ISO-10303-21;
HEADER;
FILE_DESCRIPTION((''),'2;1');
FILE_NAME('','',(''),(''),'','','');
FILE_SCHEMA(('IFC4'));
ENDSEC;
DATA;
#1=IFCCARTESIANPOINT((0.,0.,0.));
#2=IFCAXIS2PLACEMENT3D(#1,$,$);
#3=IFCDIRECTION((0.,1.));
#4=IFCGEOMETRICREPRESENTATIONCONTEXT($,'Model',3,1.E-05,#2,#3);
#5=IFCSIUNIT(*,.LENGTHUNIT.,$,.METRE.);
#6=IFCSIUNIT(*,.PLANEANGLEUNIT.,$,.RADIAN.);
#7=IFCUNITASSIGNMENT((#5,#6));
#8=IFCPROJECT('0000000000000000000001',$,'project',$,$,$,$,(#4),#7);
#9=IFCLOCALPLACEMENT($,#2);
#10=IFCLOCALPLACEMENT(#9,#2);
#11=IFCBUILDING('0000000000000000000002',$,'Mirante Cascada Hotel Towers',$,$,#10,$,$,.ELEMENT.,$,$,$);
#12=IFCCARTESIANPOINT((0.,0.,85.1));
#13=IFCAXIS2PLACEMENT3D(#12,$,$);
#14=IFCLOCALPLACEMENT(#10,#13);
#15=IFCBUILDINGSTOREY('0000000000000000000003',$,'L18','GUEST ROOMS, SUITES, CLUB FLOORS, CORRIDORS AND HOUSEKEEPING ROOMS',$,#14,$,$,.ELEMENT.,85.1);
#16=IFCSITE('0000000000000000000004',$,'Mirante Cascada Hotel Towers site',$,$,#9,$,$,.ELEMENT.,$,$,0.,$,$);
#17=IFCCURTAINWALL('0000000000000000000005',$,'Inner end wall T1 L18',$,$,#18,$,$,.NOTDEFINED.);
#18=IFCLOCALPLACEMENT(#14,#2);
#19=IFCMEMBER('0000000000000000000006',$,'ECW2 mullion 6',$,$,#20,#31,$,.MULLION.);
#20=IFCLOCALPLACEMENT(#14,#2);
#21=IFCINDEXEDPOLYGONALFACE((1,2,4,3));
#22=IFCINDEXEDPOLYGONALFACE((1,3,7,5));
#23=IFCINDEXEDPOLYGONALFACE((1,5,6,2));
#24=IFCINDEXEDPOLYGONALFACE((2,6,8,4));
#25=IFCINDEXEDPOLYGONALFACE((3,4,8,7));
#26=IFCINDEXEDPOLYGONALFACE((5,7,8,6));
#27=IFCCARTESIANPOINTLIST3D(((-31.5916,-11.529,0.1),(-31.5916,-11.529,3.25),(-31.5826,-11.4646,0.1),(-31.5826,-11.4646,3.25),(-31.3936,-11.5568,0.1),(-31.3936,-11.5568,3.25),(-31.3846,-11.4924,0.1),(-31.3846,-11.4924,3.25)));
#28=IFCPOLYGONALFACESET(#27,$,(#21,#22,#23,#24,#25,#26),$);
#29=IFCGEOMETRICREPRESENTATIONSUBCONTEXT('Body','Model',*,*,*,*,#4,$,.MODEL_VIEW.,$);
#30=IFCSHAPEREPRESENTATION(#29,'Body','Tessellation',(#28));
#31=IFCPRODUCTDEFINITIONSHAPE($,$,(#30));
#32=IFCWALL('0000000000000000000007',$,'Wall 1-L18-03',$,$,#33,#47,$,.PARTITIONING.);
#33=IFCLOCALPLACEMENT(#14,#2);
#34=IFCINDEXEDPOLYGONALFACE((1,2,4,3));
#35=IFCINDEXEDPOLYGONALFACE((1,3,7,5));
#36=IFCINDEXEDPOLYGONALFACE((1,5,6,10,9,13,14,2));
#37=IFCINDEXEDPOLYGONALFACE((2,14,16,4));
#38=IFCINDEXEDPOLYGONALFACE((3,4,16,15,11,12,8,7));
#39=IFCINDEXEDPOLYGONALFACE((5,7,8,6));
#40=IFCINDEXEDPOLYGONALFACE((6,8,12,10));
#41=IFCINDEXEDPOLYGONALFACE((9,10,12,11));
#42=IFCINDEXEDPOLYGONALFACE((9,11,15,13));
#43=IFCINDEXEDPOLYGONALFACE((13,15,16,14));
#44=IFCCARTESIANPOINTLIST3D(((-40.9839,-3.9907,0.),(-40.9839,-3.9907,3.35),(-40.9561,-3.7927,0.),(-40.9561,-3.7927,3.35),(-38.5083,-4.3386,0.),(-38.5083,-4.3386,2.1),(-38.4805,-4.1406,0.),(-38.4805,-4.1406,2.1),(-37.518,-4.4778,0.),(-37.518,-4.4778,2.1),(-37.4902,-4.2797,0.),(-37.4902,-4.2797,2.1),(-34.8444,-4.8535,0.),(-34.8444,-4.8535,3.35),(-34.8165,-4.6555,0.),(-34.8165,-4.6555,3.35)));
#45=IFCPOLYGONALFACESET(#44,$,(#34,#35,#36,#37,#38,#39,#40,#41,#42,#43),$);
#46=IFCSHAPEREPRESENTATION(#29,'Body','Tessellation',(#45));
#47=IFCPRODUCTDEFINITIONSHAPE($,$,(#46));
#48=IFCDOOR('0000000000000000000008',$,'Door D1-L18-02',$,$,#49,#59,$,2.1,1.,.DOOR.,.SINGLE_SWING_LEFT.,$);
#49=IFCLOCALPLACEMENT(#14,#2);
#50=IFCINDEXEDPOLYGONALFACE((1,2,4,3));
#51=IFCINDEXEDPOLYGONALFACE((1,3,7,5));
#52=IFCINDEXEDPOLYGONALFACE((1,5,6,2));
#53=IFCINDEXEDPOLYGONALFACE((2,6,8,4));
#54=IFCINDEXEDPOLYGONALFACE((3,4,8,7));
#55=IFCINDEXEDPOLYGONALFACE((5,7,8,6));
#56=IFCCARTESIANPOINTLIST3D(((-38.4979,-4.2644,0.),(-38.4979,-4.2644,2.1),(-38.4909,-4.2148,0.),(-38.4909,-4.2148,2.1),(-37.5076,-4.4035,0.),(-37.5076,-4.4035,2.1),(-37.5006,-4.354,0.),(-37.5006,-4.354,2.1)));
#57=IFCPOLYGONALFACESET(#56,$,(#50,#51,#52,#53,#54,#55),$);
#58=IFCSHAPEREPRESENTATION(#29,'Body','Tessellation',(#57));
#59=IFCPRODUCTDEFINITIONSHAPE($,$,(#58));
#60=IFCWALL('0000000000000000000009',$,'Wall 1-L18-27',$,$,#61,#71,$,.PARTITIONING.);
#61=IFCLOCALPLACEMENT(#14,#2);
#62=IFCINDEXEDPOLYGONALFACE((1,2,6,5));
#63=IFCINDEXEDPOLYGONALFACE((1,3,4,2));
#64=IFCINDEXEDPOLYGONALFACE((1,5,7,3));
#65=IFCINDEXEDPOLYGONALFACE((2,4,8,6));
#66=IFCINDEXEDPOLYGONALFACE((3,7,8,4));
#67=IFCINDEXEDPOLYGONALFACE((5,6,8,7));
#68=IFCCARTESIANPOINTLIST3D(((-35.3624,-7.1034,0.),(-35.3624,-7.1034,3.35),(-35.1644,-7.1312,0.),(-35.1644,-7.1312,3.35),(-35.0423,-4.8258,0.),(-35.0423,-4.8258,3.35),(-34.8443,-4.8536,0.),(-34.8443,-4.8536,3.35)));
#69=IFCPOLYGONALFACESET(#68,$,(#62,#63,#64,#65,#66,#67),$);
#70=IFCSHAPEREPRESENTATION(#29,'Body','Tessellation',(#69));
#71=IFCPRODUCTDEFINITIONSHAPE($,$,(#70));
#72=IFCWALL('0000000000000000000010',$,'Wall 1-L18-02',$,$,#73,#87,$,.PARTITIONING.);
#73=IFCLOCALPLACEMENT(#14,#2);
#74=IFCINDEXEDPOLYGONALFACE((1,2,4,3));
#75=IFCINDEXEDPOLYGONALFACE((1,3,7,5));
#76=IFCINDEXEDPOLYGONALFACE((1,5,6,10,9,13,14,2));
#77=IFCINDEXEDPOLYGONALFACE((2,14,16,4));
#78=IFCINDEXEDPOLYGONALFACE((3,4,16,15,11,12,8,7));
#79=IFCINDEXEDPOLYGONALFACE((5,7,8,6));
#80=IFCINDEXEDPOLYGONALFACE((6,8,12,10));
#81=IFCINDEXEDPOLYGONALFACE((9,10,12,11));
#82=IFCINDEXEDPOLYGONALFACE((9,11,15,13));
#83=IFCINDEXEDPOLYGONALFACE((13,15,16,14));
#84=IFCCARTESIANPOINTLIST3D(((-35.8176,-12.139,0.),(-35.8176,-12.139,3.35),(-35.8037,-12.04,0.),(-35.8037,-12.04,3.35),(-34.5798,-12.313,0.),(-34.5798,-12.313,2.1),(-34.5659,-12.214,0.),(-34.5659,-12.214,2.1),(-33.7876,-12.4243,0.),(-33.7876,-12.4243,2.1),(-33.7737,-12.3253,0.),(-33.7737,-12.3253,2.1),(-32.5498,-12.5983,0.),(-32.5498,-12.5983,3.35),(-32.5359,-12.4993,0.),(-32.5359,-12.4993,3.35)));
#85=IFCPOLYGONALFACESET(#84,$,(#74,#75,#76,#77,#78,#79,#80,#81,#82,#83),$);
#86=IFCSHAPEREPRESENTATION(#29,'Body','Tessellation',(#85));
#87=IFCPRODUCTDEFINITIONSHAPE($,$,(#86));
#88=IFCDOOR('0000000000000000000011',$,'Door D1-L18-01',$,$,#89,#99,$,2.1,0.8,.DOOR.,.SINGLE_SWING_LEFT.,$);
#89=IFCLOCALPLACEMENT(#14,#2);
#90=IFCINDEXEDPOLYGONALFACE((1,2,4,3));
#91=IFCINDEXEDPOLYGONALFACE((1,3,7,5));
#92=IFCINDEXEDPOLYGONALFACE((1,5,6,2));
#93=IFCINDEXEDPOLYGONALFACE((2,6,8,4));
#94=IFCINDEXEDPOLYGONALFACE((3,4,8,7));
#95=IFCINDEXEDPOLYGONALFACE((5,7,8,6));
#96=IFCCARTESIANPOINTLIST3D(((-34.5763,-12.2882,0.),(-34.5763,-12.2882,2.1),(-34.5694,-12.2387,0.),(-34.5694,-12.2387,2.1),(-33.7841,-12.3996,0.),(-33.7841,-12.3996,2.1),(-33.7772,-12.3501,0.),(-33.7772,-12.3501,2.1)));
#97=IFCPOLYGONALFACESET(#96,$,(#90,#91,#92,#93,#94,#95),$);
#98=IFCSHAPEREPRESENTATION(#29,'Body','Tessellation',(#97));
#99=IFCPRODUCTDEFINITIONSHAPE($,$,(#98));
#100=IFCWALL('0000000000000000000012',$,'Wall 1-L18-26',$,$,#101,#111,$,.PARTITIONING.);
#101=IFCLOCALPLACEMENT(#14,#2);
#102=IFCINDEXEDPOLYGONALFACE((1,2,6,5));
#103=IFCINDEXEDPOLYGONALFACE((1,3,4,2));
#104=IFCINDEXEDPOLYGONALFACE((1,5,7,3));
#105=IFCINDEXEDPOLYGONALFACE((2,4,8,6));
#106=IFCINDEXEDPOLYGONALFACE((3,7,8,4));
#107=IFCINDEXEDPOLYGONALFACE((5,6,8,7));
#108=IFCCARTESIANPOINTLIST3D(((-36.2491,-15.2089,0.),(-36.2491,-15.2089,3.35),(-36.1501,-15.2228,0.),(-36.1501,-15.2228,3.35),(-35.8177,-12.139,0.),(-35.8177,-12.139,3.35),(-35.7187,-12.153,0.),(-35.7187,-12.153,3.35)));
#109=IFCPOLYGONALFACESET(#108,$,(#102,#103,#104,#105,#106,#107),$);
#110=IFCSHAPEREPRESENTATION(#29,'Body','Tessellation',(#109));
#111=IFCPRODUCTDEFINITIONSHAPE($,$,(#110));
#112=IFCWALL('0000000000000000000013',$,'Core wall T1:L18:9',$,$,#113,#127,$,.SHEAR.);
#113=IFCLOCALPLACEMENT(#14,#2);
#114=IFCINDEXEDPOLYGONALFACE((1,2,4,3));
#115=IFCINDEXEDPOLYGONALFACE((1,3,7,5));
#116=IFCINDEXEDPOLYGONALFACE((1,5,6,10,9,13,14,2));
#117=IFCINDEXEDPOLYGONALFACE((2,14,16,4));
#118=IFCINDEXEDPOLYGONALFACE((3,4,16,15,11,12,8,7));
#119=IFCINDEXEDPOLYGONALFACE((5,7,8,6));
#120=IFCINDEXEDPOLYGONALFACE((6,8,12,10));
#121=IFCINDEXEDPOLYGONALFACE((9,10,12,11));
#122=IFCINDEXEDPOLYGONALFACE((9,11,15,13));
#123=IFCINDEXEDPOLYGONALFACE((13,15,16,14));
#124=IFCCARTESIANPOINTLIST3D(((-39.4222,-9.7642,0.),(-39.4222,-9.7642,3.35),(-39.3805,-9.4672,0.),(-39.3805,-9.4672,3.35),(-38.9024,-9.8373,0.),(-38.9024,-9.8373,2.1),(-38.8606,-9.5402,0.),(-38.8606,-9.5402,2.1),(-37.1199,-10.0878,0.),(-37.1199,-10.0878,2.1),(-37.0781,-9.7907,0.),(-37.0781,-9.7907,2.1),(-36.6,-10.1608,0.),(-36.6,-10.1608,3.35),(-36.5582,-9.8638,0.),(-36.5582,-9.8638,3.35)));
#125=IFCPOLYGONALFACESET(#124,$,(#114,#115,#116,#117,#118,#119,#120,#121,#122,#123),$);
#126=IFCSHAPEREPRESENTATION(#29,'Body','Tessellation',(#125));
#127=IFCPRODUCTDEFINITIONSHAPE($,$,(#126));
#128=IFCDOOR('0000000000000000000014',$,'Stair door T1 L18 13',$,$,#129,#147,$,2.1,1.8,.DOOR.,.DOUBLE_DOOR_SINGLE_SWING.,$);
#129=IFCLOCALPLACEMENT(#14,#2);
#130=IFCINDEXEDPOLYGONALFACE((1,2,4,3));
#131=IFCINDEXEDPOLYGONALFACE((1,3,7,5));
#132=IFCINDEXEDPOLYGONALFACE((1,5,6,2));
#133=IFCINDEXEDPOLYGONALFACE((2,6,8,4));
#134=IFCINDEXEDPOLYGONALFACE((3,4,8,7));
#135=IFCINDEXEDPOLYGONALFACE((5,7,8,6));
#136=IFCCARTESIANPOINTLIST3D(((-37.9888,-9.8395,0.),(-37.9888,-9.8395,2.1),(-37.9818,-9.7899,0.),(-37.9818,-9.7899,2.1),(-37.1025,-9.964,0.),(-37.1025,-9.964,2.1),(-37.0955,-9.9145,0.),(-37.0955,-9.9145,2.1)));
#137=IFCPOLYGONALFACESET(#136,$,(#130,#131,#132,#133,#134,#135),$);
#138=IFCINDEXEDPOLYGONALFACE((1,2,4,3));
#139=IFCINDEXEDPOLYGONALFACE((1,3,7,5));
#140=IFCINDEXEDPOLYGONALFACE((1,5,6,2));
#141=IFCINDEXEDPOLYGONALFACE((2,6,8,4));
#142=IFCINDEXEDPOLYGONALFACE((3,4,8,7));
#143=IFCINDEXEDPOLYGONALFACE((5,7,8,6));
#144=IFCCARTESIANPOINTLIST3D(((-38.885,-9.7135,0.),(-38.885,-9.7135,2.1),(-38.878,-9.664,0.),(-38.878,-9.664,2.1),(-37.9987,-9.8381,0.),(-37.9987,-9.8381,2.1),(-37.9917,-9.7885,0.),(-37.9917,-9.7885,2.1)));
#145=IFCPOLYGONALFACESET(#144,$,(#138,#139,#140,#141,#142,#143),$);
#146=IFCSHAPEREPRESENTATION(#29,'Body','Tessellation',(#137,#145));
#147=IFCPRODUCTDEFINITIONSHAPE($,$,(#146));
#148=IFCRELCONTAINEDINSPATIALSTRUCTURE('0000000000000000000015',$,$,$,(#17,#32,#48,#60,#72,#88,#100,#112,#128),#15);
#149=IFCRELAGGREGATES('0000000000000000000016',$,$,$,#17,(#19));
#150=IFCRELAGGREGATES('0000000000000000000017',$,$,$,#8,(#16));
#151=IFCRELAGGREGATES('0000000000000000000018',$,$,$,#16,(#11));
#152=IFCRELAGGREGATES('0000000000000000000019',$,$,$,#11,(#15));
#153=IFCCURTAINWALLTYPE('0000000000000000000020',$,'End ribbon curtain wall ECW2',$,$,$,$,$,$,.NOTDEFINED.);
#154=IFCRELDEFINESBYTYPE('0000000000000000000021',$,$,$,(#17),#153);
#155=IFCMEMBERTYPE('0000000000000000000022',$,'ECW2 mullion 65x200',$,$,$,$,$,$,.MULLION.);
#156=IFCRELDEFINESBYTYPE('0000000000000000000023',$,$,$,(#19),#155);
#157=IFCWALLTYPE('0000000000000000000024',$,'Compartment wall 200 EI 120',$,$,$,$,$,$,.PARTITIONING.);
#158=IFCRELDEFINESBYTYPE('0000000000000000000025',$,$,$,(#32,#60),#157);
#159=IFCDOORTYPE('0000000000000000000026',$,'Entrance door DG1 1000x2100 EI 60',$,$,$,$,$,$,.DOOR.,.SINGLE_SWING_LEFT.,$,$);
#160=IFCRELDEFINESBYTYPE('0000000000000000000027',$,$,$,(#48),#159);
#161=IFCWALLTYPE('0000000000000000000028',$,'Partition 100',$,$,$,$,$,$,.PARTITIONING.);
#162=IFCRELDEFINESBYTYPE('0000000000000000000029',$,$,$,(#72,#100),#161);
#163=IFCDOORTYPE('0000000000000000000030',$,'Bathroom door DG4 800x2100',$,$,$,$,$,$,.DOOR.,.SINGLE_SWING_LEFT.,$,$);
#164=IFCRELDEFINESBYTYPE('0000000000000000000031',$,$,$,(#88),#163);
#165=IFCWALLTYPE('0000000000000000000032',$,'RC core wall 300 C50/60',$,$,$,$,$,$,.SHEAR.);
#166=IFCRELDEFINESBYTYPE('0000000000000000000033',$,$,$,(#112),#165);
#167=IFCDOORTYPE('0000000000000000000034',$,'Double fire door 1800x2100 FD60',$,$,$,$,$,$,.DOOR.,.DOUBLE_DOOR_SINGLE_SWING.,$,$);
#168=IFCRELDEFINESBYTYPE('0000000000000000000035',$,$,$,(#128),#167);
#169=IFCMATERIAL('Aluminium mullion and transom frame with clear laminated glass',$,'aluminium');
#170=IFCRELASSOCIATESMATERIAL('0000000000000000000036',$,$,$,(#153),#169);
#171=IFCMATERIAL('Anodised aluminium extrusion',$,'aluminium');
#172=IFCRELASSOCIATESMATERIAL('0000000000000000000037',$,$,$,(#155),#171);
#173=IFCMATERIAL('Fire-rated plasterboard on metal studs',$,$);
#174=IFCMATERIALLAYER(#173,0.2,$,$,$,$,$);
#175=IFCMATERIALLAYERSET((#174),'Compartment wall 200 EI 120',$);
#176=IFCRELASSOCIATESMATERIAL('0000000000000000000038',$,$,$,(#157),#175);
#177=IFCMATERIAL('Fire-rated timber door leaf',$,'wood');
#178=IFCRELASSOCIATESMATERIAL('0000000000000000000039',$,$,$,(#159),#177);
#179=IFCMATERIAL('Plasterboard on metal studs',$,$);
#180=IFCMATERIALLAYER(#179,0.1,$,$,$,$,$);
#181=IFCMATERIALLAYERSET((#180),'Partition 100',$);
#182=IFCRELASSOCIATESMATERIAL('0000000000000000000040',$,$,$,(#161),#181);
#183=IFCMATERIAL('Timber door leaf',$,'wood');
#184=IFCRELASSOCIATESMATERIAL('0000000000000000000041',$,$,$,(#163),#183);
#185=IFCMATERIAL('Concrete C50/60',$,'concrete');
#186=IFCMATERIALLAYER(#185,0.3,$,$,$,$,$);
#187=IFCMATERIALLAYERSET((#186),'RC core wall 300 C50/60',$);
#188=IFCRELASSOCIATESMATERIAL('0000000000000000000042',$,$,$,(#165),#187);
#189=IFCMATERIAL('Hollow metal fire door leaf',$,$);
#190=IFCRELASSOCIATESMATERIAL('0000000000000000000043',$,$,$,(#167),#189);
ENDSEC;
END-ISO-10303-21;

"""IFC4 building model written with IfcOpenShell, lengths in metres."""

from ifc_helpers import new_model, si_unit, direction, frame, frame_2d, origin, origin_2d, place, context, subcontext, project, spatial, rectangle, extrude, material, layer, layer_set, material_profile, profile_set, type_object, element, fill, aggregate, save


model = new_model("IFC4")

# Units and contexts
model_context = context("Model", 3, precision=1e-05, world=origin(), true_north=direction((0.0, 1.0)))
body_context = subcontext(model_context, "Body", "Model", "MODEL_VIEW")
ifc_project = project(units=[si_unit("LENGTHUNIT", "METRE"), si_unit("PLANEANGLEUNIT", "RADIAN")], contexts=[model_context])

# Site, building, storey
site_placement = place(None, origin())
site = spatial("IfcSite", under=ifc_project, at=site_placement, Name="Mirante Cascada Hotel Towers site", CompositionType="ELEMENT", RefElevation=0.0)
building_placement = place(site_placement, origin())
building = spatial("IfcBuilding", under=site, at=building_placement, Name="Mirante Cascada Hotel Towers", CompositionType="ELEMENT")
storey_placement = place(building_placement, frame((0.0, 0.0, 85.1)))
storey = spatial("IfcBuildingStorey", under=building, at=storey_placement, Name="L18", Description="GUEST ROOMS, SUITES, CLUB FLOORS, CORRIDORS AND HOUSEKEEPING ROOMS", CompositionType="ELEMENT", Elevation=85.1)

# Curtain wall, member
ifc_material_1 = material(Name="Aluminium mullion and transom frame with clear laminated glass", Category="aluminium")
curtain_wall_type = type_object("IfcCurtainWallType", Name="End ribbon curtain wall ECW2", PredefinedType="NOTDEFINED", material=ifc_material_1)
curtain_wall_placement = place(storey_placement, origin())
curtain_wall = element("IfcCurtainWall", 1, at=curtain_wall_placement, inside=storey, type_object=curtain_wall_type, Name="Inner end wall T1 L18", PredefinedType="NOTDEFINED")
ifc_material_2 = material(Name="Anodised aluminium extrusion", Category="aluminium")
ifc_material_profile = material_profile(ifc_material_2, rectangle(XDim=0.2, YDim=0.065, at=origin_2d()), Name="ECW2 MULLION 65x200")
ifc_profile_set = profile_set([ifc_material_profile], Name="Anodised aluminium extrusion")
member_type = type_object("IfcMemberType", Name="ECW2 mullion 65x200", PredefinedType="MULLION", material=ifc_profile_set)
member_placement = place(storey_placement, frame((-31.4881, -11.5107, 0.1), z_axis=(0.0, 0.0, 1.0), x_axis=(0.990268, -0.139173, 0.0)))
member = element("IfcMember", 2, at=member_placement, type_object=member_type, Name="ECW2 mullion 6", PredefinedType="MULLION", context=body_context, shape_type="SweptSolid", body=[
    extrude(rectangle(XDim=0.2, YDim=0.065, at=origin_2d()), origin(), (0.0, 0.0, 1.0), 3.15),
])
aggregate(curtain_wall, [member])

# Wall, opening, door
ifc_material_3 = material(Name="Fire-rated plasterboard on metal studs")
ifc_layer_1 = layer(ifc_material_3, 0.2)
ifc_layer_set_1 = layer_set([ifc_layer_1], Name="Compartment wall 200 EI 120")
wall_type_1 = type_object("IfcWallType", Name="Compartment wall 200 EI 120", PredefinedType="PARTITIONING", material=ifc_layer_set_1)
wall_1_placement = place(storey_placement, frame((-34.8304, -4.7545, 0.0), z_axis=(0.0, 0.0, 1.0), x_axis=(-0.99027, 0.139163, 0.0)))
wall_1 = element("IfcWall", 3, at=wall_1_placement, inside=storey, type_object=wall_type_1, Name="Wall 1-L18-03", PredefinedType="PARTITIONING", context=body_context, shape_type="SweptSolid", body=[
    extrude(rectangle(XDim=6.1999, YDim=0.2, at=frame_2d((3.1, 0.0))), origin(), (0.0, 0.0, 1.0), 3.35),
])
opening_1_placement = place(wall_1_placement, frame((2.7, 0.0, 0.0)))
opening_1 = element("IfcOpeningElement", 4, at=opening_1_placement, cuts=wall_1, PredefinedType="OPENING", context=body_context, shape_type="SweptSolid", body=[
    extrude(rectangle(XDim=1.0, YDim=2.1, at=frame_2d((0.5, 1.05))), frame((0.0, 0.1, 0.0), z_axis=(0.0, -1.0, 0.0), x_axis=(1.0, 0.0, 0.0)), (0.0, 0.0, 1.0), 0.2),
])
ifc_material_4 = material(Name="Fire-rated timber door leaf", Category="wood")
door_type_1 = type_object("IfcDoorType", Name="Entrance door DG1 1000x2100 EI 60", OperationType="SINGLE_SWING_LEFT", PredefinedType="DOOR", material=ifc_material_4)
door_1_placement = place(opening_1_placement, origin())
door_1 = element("IfcDoor", 5, at=door_1_placement, inside=storey, type_object=door_type_1, Name="Door D1-L18-02", OperationType="SINGLE_SWING_LEFT", OverallHeight=2.1, OverallWidth=1.0, PredefinedType="DOOR", context=body_context, shape_type="SweptSolid", body=[
    extrude(rectangle(XDim=1.0, YDim=2.1, at=frame_2d((0.5, 1.05))), frame((0.0, 0.025, 0.0), z_axis=(0.0, -1.0, 0.0), x_axis=(1.0, 0.0, 0.0)), (0.0, 0.0, 1.0), 0.05),
])
fill(opening_1, door_1)

# Wall
wall_2_placement = place(storey_placement, frame((-35.2634, -7.1173, 0.0), z_axis=(0.0, 0.0, 1.0), x_axis=(0.139175, 0.990268, 0.0)))
element("IfcWall", 6, at=wall_2_placement, inside=storey, type_object=wall_type_1, Name="Wall 1-L18-27", PredefinedType="PARTITIONING", context=body_context, shape_type="SweptSolid", body=[
    extrude(rectangle(XDim=2.3, YDim=0.2, at=frame_2d((1.15, 0.0))), origin(), (0.0, 0.0, 1.0), 3.35),
])

# Wall, opening, door
ifc_material_5 = material(Name="Plasterboard on metal studs")
ifc_layer_2 = layer(ifc_material_5, 0.1)
ifc_layer_set_2 = layer_set([ifc_layer_2], Name="Partition 100")
wall_type_2 = type_object("IfcWallType", Name="Partition 100", PredefinedType="PARTITIONING", material=ifc_layer_set_2)
wall_3_placement = place(storey_placement, frame((-35.8107, -12.0895, 0.0), z_axis=(0.0, 0.0, 1.0), x_axis=(0.990266, -0.139185, 0.0)))
wall_3 = element("IfcWall", 7, at=wall_3_placement, inside=storey, type_object=wall_type_2, Name="Wall 1-L18-02", PredefinedType="PARTITIONING", context=body_context, shape_type="SweptSolid", body=[
    extrude(rectangle(XDim=3.2999, YDim=0.1, at=frame_2d((1.65, 0.0))), origin(), (0.0, 0.0, 1.0), 3.35),
])
opening_2_placement = place(wall_3_placement, frame((1.25, 0.0, 0.0)))
opening_2 = element("IfcOpeningElement", 8, at=opening_2_placement, cuts=wall_3, PredefinedType="OPENING", context=body_context, shape_type="SweptSolid", body=[
    extrude(rectangle(XDim=0.8, YDim=2.1, at=frame_2d((0.4, 1.05))), frame((0.0, 0.05, 0.0), z_axis=(0.0, -1.0, 0.0), x_axis=(1.0, 0.0, 0.0)), (0.0, 0.0, 1.0), 0.1),
])
ifc_material_6 = material(Name="Timber door leaf", Category="wood")
door_type_2 = type_object("IfcDoorType", Name="Bathroom door DG4 800x2100", OperationType="SINGLE_SWING_LEFT", PredefinedType="DOOR", material=ifc_material_6)
door_2_placement = place(opening_2_placement, origin())
door_2 = element("IfcDoor", 9, at=door_2_placement, inside=storey, type_object=door_type_2, Name="Door D1-L18-01", OperationType="SINGLE_SWING_LEFT", OverallHeight=2.1, OverallWidth=0.8, PredefinedType="DOOR", context=body_context, shape_type="SweptSolid", body=[
    extrude(rectangle(XDim=0.8, YDim=2.1, at=frame_2d((0.4, 1.05))), frame((0.0, 0.025, 0.0), z_axis=(0.0, -1.0, 0.0), x_axis=(1.0, 0.0, 0.0)), (0.0, 0.0, 1.0), 0.05),
])
fill(opening_2, door_2)

# Wall
wall_4_placement = place(storey_placement, frame((-35.7682, -12.146, 0.0), z_axis=(0.0, 0.0, 1.0), x_axis=(-0.139163, -0.99027, 0.0)))
element("IfcWall", 10, at=wall_4_placement, inside=storey, type_object=wall_type_2, Name="Wall 1-L18-26", PredefinedType="PARTITIONING", context=body_context, shape_type="SweptSolid", body=[
    extrude(rectangle(XDim=3.1, YDim=0.1, at=frame_2d((1.55, 0.0))), origin(), (0.0, 0.0, 1.0), 3.35),
])

# Wall, opening, door
ifc_material_7 = material(Name="Concrete C50/60", Category="concrete")
ifc_layer_3 = layer(ifc_material_7, 0.3)
ifc_layer_set_3 = layer_set([ifc_layer_3], Name="RC core wall 300 C50/60")
wall_type_3 = type_object("IfcWallType", Name="RC core wall 300 C50/60", PredefinedType="SHEAR", material=ifc_layer_set_3)
wall_5_placement = place(storey_placement, frame((-36.5791, -10.0123, 0.0), z_axis=(0.0, 0.0, 1.0), x_axis=(-0.99027, 0.139156, 0.0)))
wall_5 = element("IfcWall", 11, at=wall_5_placement, inside=storey, type_object=wall_type_3, Name="Core wall T1:L18:9", PredefinedType="SHEAR", context=body_context, shape_type="SweptSolid", body=[
    extrude(rectangle(XDim=2.85, YDim=0.3, at=frame_2d((1.425, 0.0))), origin(), (0.0, 0.0, 1.0), 3.35),
])
opening_3_placement = place(wall_5_placement, frame((0.525, 0.0, 0.0)))
opening_3 = element("IfcOpeningElement", 12, at=opening_3_placement, cuts=wall_5, PredefinedType="OPENING", context=body_context, shape_type="SweptSolid", body=[
    extrude(rectangle(XDim=1.8, YDim=2.1, at=frame_2d((0.9, 1.05))), frame((0.0, 0.15, 0.0), z_axis=(0.0, -1.0, 0.0), x_axis=(1.0, 0.0, 0.0)), (0.0, 0.0, 1.0), 0.3),
])
ifc_material_8 = material(Name="Hollow metal fire door leaf")
door_type_3 = type_object("IfcDoorType", Name="Double fire door 1800x2100 FD60", OperationType="DOUBLE_DOOR_SINGLE_SWING", PredefinedType="DOOR", material=ifc_material_8)
door_3_placement = place(opening_3_placement, origin())
door_3 = element("IfcDoor", 13, at=door_3_placement, inside=storey, type_object=door_type_3, Name="Stair door T1 L18 13", OperationType="DOUBLE_DOOR_SINGLE_SWING", OverallHeight=2.1, OverallWidth=1.8, PredefinedType="DOOR", context=body_context, shape_type="SweptSolid", body=[
    extrude(rectangle(XDim=0.895, YDim=2.1, at=frame_2d((0.4475, 1.05))), frame((0.0, 0.025, 0.0), z_axis=(0.0, -1.0, 0.0), x_axis=(1.0, 0.0, 0.0)), (0.0, 0.0, 1.0), 0.05),
    extrude(rectangle(XDim=0.895, YDim=2.1, at=frame_2d((1.3525, 1.05))), frame((0.0, 0.025, 0.0), z_axis=(0.0, -1.0, 0.0), x_axis=(1.0, 0.0, 0.0)), (0.0, 0.0, 1.0), 0.05),
])
fill(opening_3, door_3)

save(model, "model.ifc")
